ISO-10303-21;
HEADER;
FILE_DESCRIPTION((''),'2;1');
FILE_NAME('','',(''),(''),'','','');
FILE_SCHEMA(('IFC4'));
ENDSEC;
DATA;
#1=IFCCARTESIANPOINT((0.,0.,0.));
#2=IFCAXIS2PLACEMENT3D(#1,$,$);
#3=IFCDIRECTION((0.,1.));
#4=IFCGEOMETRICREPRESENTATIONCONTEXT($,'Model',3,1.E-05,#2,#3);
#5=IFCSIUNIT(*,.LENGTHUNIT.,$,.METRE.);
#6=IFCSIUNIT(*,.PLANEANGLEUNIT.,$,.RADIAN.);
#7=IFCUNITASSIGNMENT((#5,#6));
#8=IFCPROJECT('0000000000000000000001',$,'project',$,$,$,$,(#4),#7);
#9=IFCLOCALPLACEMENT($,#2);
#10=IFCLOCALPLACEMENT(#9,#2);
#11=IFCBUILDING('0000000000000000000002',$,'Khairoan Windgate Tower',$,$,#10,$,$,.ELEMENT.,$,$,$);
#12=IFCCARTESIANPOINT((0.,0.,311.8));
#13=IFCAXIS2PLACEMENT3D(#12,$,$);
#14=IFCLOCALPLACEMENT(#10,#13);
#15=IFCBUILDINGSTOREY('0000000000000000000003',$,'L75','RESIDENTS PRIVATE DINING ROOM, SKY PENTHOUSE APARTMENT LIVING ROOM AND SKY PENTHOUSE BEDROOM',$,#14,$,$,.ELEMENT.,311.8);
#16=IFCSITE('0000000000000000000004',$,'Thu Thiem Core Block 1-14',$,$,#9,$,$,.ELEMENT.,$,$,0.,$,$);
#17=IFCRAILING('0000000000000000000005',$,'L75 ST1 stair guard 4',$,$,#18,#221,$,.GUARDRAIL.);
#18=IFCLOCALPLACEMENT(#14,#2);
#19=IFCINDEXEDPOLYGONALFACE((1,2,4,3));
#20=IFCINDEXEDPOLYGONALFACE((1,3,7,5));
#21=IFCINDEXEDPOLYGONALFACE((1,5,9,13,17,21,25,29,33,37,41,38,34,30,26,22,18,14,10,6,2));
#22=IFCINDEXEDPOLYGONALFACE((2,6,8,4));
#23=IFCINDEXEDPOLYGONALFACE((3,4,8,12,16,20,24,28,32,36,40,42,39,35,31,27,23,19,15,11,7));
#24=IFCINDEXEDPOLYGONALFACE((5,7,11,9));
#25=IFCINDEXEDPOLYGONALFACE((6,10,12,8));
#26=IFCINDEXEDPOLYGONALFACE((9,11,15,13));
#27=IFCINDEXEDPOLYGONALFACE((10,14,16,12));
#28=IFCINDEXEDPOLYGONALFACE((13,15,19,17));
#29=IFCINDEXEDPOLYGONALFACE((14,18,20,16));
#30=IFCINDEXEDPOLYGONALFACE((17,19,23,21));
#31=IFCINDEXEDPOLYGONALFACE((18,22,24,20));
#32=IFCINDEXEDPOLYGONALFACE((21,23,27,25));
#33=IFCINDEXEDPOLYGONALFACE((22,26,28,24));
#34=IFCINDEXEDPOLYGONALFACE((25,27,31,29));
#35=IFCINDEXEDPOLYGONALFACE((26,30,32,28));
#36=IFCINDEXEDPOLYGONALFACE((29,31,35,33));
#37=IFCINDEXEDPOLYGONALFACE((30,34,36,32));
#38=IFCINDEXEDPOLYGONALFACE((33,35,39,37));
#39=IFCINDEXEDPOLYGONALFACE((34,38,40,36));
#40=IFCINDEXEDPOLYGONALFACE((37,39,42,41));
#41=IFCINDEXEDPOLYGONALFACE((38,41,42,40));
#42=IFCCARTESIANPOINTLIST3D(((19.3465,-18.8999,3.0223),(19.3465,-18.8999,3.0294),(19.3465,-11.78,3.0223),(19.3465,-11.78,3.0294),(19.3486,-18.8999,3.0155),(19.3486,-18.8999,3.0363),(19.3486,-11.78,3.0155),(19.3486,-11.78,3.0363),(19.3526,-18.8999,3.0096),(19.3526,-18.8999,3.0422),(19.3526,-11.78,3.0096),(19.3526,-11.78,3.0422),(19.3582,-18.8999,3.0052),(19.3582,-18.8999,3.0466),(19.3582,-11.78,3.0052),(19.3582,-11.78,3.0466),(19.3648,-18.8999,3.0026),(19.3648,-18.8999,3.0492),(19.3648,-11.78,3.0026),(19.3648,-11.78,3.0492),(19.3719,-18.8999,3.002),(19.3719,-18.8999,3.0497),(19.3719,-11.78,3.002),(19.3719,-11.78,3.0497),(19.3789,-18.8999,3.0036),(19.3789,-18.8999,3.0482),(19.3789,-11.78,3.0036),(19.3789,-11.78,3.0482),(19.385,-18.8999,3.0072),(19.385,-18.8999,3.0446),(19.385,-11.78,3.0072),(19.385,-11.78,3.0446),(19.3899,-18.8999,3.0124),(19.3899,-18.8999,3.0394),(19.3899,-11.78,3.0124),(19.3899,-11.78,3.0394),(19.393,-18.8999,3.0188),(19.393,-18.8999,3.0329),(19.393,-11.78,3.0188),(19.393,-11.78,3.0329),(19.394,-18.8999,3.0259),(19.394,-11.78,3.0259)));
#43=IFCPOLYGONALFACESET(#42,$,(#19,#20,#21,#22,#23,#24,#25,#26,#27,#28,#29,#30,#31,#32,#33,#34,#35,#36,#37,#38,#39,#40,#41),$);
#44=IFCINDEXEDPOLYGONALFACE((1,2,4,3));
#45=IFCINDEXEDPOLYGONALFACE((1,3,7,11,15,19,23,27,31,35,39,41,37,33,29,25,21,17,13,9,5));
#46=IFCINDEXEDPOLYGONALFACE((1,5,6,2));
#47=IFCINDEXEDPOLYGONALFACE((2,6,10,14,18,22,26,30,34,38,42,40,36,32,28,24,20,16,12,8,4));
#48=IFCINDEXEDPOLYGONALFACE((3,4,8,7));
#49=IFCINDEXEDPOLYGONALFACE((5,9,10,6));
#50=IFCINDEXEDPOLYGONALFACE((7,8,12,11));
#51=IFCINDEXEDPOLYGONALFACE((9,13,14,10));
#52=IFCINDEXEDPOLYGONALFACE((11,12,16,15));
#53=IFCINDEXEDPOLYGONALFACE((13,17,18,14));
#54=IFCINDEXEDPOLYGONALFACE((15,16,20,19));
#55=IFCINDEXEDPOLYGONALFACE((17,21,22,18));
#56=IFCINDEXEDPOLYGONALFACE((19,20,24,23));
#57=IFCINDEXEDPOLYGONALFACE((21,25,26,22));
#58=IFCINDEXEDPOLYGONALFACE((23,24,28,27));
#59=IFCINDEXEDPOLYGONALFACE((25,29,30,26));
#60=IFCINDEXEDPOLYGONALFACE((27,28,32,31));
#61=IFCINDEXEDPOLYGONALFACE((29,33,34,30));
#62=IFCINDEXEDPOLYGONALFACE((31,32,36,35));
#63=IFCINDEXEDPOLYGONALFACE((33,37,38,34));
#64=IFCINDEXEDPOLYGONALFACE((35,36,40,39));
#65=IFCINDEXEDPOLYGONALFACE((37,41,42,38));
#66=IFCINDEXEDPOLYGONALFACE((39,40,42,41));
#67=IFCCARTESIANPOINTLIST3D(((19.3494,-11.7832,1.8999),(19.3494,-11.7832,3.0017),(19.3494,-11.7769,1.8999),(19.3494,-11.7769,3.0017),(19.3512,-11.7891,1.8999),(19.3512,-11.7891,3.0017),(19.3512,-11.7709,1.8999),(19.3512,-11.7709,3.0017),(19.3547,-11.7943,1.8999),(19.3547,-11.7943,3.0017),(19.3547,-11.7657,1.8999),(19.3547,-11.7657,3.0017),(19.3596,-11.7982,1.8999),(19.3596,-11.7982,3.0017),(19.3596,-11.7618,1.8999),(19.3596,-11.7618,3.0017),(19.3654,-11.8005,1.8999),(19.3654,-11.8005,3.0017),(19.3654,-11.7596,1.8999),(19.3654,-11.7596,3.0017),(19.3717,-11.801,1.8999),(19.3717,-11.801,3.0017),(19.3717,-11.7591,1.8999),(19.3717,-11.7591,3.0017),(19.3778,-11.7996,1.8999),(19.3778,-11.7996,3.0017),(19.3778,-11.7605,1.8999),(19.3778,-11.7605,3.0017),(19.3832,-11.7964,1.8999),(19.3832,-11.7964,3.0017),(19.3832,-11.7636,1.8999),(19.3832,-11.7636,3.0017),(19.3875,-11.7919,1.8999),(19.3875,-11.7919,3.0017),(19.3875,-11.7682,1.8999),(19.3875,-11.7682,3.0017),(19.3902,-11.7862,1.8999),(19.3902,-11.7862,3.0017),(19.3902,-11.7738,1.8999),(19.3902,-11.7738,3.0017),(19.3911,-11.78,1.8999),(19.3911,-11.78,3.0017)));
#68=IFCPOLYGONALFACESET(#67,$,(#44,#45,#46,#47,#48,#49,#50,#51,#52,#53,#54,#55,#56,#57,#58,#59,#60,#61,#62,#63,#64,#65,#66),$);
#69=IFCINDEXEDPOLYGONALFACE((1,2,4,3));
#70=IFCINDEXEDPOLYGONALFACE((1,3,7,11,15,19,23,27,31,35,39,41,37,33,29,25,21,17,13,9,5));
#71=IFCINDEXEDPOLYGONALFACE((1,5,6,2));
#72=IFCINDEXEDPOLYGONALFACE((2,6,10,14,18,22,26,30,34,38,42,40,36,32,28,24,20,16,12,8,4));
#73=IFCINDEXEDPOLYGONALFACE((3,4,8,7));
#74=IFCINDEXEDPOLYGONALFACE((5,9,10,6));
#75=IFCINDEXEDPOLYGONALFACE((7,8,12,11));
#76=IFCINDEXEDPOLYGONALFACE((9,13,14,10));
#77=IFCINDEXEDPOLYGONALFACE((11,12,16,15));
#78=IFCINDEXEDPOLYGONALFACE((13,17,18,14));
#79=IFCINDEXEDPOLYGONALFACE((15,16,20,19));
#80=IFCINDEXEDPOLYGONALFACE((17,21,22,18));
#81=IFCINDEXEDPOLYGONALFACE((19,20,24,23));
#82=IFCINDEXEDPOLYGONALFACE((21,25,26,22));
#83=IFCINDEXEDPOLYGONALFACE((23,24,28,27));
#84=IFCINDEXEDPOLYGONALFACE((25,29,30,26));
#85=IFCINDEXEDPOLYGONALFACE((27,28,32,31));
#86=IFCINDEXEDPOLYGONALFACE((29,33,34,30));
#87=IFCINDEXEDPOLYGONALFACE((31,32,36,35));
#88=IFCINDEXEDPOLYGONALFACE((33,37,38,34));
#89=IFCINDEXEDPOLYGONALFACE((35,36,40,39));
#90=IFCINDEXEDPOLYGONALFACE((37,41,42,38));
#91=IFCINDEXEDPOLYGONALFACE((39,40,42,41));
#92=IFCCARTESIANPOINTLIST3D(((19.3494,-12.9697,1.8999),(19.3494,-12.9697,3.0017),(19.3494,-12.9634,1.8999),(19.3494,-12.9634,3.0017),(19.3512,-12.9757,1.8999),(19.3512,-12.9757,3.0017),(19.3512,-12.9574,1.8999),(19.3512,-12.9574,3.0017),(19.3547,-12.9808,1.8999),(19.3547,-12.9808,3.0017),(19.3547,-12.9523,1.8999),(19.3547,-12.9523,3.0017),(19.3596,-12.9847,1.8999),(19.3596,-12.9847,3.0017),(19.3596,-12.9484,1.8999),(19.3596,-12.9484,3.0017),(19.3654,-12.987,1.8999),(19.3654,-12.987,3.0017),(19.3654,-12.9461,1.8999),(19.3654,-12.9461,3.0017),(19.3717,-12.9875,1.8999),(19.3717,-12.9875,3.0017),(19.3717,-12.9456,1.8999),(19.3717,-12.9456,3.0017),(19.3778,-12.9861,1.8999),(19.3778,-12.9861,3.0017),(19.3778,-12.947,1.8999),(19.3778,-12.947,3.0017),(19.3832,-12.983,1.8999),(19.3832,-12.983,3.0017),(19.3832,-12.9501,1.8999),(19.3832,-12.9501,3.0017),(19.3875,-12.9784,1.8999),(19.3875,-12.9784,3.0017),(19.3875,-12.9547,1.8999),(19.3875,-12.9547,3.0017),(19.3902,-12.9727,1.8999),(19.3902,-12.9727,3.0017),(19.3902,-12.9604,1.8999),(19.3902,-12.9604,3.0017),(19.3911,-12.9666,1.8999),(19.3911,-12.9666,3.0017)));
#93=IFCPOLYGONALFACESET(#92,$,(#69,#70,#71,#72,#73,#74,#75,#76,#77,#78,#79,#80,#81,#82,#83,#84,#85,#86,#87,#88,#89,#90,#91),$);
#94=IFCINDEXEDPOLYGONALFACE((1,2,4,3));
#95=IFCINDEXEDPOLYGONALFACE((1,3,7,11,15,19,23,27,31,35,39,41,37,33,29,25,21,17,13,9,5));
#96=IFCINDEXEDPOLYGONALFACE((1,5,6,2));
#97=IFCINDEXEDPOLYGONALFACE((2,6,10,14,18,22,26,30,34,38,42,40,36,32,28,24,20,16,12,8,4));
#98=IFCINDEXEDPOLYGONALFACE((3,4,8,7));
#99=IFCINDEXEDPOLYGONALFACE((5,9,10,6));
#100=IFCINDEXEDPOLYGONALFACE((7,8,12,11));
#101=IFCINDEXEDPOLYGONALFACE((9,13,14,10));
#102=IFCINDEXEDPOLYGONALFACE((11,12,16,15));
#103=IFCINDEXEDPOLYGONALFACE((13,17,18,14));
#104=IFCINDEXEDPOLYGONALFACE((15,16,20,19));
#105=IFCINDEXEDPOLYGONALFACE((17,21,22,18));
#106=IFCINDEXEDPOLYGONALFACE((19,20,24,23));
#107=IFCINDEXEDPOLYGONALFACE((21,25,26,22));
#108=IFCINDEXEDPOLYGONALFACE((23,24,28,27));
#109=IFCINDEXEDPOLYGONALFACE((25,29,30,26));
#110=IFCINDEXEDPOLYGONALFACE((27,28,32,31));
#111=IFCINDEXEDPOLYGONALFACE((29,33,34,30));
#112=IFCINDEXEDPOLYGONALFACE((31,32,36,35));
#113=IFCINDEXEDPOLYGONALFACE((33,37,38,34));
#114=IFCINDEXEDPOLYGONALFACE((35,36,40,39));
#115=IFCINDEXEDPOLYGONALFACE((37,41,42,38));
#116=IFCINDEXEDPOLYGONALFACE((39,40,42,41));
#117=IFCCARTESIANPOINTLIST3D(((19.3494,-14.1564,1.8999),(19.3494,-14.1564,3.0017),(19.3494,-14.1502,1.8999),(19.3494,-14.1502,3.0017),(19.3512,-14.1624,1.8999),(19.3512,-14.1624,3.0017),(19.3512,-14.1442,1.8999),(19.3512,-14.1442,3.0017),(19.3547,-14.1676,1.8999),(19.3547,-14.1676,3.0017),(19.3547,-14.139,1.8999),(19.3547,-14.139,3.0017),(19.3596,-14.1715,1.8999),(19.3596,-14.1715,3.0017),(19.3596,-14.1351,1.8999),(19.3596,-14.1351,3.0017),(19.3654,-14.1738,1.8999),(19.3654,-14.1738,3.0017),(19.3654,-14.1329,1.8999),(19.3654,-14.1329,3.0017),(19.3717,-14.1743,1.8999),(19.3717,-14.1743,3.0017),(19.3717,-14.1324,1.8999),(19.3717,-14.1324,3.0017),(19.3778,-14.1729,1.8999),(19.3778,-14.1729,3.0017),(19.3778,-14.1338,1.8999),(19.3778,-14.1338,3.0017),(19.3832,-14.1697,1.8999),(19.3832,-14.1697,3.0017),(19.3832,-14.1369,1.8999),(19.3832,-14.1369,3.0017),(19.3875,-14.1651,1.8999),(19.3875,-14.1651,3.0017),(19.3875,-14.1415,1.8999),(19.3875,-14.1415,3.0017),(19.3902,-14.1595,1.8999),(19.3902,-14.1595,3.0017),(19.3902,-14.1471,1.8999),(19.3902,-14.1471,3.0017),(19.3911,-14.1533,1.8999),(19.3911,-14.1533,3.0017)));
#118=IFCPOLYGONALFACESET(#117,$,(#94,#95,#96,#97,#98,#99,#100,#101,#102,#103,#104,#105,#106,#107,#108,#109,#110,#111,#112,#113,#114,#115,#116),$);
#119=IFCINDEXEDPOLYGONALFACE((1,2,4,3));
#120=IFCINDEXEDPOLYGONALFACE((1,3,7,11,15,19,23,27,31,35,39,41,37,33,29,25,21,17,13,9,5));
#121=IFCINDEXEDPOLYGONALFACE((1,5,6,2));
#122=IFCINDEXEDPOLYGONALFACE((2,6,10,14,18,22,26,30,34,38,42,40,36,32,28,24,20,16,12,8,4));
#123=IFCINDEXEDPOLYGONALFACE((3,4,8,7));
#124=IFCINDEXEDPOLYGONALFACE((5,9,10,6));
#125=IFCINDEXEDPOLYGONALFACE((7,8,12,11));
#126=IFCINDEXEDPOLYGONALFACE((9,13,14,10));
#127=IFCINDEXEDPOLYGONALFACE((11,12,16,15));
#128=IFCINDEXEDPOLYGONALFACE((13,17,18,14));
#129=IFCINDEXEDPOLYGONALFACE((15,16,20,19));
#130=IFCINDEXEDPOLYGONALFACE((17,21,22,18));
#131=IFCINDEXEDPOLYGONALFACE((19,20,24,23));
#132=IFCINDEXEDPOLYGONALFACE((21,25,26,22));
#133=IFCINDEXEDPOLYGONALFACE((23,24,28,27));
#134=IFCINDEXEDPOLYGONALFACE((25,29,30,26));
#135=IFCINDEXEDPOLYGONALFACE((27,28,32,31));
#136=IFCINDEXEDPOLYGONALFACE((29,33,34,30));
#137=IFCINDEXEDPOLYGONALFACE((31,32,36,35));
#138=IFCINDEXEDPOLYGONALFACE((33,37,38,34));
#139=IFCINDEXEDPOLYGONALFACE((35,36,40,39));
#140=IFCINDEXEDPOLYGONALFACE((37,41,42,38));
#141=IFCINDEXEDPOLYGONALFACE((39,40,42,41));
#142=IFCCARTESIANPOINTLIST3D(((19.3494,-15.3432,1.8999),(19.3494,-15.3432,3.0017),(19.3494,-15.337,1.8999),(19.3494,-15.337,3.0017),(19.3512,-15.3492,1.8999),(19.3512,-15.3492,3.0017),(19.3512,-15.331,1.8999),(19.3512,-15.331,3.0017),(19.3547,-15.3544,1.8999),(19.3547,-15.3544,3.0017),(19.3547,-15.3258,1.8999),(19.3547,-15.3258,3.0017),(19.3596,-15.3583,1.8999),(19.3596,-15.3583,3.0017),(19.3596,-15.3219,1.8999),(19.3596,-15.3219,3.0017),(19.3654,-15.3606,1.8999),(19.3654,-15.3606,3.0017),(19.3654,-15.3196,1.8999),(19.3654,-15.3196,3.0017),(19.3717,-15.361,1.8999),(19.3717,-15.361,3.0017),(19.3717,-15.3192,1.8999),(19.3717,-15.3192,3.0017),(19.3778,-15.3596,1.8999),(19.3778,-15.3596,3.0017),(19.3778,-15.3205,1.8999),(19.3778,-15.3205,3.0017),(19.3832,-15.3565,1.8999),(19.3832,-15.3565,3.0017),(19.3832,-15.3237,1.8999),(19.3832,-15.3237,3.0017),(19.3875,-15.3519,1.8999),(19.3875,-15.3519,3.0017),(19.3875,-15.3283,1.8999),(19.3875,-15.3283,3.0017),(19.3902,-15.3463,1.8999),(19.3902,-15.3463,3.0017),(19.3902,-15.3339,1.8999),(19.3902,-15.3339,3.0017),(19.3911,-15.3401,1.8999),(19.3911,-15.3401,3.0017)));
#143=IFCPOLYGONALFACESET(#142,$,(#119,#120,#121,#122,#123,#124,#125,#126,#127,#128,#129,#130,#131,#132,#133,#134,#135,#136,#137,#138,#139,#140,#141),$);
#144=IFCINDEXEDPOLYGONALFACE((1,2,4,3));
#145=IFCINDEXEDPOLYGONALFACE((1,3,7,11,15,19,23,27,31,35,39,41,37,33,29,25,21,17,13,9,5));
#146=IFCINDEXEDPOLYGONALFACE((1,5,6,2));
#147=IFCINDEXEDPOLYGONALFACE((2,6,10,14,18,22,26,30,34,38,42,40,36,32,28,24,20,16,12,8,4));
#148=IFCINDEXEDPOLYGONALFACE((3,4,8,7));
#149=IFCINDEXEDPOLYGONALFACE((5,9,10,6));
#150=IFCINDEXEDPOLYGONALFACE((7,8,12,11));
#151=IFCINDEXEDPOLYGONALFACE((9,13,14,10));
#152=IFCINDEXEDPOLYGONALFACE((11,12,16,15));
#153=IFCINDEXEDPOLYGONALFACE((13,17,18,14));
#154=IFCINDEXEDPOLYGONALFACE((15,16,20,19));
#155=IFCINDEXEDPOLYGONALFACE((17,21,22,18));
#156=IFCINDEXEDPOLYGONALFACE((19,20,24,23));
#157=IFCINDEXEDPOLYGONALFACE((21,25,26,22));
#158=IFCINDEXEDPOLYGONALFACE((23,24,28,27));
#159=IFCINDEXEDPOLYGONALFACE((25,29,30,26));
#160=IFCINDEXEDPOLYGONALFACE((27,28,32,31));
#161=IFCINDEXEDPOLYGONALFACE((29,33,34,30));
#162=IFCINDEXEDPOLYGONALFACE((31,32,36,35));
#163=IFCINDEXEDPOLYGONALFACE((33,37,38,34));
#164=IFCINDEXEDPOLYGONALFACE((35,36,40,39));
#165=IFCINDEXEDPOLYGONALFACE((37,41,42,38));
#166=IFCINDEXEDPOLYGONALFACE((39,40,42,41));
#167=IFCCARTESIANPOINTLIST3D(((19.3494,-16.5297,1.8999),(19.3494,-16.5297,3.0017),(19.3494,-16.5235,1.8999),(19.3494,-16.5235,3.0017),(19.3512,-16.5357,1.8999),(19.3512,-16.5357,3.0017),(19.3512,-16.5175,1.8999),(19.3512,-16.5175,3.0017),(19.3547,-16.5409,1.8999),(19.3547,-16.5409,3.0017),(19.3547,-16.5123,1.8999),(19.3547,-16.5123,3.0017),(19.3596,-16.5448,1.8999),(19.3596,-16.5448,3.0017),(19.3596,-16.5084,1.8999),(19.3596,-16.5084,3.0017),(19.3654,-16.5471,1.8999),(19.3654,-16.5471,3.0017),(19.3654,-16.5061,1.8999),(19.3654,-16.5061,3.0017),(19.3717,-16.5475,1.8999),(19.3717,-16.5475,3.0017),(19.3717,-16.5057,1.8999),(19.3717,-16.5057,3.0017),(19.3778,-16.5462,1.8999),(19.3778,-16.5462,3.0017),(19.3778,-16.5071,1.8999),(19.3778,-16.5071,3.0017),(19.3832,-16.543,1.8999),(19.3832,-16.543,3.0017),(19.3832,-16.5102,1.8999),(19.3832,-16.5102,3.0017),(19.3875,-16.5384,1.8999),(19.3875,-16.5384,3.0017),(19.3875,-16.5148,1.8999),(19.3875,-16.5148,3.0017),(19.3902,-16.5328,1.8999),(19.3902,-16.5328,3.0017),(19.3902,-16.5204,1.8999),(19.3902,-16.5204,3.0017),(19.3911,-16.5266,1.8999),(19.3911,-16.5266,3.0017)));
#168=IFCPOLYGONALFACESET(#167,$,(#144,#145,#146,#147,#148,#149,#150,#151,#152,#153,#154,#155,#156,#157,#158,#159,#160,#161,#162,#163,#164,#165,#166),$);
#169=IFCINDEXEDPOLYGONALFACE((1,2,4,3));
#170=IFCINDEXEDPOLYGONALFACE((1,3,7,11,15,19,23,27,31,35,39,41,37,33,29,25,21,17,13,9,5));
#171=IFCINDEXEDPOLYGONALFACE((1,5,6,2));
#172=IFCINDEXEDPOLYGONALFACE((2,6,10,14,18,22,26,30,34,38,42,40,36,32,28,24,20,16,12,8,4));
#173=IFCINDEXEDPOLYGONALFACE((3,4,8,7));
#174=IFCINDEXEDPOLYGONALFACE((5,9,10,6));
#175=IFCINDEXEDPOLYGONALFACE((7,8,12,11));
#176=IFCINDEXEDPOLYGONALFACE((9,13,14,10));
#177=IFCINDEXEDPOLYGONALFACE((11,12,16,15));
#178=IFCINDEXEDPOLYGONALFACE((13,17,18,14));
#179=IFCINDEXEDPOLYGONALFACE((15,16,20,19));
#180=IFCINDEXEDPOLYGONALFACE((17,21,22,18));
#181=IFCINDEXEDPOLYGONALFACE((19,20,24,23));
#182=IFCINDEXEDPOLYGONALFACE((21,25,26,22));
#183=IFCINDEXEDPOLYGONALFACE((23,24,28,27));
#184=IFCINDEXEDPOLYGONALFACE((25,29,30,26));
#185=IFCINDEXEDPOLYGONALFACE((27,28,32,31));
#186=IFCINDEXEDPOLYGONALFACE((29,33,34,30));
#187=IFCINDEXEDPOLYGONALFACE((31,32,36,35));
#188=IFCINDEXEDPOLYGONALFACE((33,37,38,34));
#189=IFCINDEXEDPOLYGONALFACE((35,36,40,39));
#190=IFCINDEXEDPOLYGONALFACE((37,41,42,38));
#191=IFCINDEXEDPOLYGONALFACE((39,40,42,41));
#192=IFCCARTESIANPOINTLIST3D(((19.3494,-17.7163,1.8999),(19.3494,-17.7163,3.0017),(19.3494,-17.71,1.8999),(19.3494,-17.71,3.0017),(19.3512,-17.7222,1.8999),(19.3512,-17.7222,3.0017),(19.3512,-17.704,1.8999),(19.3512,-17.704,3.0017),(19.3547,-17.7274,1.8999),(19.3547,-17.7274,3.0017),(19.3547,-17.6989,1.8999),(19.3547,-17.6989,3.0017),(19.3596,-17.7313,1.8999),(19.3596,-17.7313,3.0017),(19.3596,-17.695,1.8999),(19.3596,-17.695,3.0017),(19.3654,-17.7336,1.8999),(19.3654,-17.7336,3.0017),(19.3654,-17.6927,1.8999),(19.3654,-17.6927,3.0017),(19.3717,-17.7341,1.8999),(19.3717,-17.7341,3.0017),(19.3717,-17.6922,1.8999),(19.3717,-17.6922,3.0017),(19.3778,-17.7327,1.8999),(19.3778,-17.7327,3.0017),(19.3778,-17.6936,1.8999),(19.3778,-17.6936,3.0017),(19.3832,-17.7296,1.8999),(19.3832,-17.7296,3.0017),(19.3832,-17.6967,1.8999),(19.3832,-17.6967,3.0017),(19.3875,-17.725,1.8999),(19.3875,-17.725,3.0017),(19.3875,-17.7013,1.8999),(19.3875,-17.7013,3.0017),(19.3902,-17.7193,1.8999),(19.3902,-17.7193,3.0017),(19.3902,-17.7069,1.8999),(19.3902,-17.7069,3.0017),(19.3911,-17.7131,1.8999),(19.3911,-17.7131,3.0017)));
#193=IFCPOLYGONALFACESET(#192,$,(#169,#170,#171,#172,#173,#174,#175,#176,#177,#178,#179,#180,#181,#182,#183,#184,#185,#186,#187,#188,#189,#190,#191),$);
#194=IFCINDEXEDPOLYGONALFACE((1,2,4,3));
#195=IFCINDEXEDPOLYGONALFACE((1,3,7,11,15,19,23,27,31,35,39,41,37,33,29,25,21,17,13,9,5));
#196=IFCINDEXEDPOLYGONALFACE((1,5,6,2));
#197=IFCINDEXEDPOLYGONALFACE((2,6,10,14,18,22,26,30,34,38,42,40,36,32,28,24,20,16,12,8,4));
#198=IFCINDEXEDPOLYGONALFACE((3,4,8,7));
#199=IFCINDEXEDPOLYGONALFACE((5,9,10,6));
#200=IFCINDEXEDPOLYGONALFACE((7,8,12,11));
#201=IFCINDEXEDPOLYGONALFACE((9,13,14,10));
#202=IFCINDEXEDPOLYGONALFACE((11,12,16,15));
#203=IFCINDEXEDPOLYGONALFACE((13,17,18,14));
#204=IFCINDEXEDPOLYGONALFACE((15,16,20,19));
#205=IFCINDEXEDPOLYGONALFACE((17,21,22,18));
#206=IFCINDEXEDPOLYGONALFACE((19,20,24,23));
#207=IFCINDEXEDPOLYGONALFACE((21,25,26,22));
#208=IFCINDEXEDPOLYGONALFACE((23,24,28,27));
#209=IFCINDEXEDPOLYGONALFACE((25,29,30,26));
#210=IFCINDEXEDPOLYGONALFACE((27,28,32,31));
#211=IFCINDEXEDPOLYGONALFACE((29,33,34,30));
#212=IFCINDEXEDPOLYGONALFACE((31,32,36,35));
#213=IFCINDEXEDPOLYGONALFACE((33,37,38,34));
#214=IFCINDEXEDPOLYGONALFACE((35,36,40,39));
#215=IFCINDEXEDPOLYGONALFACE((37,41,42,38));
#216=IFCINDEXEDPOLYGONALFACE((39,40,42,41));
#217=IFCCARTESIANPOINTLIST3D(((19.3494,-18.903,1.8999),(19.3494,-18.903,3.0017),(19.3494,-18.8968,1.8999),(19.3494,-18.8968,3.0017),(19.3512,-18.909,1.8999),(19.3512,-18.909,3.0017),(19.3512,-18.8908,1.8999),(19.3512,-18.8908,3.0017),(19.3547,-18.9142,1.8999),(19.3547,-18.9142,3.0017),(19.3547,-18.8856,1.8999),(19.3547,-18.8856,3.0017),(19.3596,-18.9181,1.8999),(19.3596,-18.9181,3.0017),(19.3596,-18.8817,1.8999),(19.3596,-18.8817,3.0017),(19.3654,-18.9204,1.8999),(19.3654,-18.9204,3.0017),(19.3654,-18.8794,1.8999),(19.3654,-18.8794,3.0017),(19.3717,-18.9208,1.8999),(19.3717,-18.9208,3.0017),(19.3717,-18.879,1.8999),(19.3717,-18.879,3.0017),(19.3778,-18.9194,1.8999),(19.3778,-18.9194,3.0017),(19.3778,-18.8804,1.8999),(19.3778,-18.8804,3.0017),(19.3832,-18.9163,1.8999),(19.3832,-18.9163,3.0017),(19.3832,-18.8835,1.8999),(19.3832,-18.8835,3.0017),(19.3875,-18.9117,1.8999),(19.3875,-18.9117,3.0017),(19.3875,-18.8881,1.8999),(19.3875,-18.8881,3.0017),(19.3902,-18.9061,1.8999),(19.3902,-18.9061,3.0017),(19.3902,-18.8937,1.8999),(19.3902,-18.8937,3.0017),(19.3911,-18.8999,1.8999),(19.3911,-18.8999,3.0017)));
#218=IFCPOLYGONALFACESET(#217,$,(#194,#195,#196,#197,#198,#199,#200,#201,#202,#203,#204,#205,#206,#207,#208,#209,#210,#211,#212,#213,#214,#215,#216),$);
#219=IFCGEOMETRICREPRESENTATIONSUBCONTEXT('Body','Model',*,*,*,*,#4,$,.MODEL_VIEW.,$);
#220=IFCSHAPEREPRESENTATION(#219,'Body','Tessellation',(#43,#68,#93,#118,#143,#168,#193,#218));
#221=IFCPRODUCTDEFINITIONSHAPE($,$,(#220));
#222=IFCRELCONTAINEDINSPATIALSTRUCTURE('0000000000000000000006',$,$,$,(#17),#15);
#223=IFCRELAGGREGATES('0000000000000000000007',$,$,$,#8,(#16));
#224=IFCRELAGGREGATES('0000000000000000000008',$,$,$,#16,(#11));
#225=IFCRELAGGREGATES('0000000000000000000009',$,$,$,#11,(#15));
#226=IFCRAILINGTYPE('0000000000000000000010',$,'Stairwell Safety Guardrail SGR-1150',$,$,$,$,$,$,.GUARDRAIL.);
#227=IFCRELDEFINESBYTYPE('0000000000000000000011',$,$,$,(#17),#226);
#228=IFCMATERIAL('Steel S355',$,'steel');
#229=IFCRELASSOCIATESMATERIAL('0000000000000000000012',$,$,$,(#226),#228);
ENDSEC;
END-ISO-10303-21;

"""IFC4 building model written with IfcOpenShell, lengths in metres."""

from ifc_helpers import new_model, si_unit, direction, frame, origin, origin_2d, place, context, subcontext, project, spatial, circle, extrude, material, type_object, element, save


model = new_model("IFC4")

# Units and contexts
model_context = context("Model", 3, precision=1e-05, world=origin(), true_north=direction((0.0, 1.0)))
body_context = subcontext(model_context, "Body", "Model", "MODEL_VIEW")
ifc_project = project(units=[si_unit("LENGTHUNIT", "METRE"), si_unit("PLANEANGLEUNIT", "RADIAN")], contexts=[model_context])

# Site, building, storey
site_placement = place(None, origin())
site = spatial("IfcSite", under=ifc_project, at=site_placement, Name="Thu Thiem Core Block 1-14", CompositionType="ELEMENT", RefElevation=0.0)
building_placement = place(site_placement, origin())
building = spatial("IfcBuilding", under=site, at=building_placement, Name="Khairoan Windgate Tower", CompositionType="ELEMENT")
storey_placement = place(building_placement, frame((0.0, 0.0, 311.8)))
storey = spatial("IfcBuildingStorey", under=building, at=storey_placement, Name="L75", Description="RESIDENTS PRIVATE DINING ROOM, SKY PENTHOUSE APARTMENT LIVING ROOM AND SKY PENTHOUSE BEDROOM", CompositionType="ELEMENT", Elevation=311.8)

# Railing
ifc_material_1 = material(Name="Steel S355", Category="steel")
railing_type_1 = type_object("IfcRailingType", Name="Stairwell Safety Guardrail SGR-1150", PredefinedType="GUARDRAIL", material=ifc_material_1)
railing_1_placement = place(storey_placement, frame((19.3701, -11.78, 1.8999)))
element("IfcRailing", 1, at=railing_1_placement, inside=storey, type_object=railing_type_1, Name="L75 ST1 stair guard 4", PredefinedType="GUARDRAIL", context=body_context, shape_type="SweptSolid", body=[
    extrude(circle(Radius=0.0239, at=origin_2d()), frame((0.0, 0.0, 1.126), z_axis=(0.0, -1.0, 0.0), x_axis=(1.0, 0.0, 0.0)), (0.0, 0.0, 1.0), 7.1199),
    extrude(circle(Radius=0.021, at=origin_2d()), origin(), (0.0, 0.0, 1.0), 1.1018),
    extrude(circle(Radius=0.021, at=origin_2d()), frame((0.0, -1.1865, 0.0)), (0.0, 0.0, 1.0), 1.1018),
    extrude(circle(Radius=0.021, at=origin_2d()), frame((0.0, -2.3733, 0.0)), (0.0, 0.0, 1.0), 1.1018),
    extrude(circle(Radius=0.021, at=origin_2d()), frame((0.0, -3.5601, 0.0)), (0.0, 0.0, 1.0), 1.1018),
    extrude(circle(Radius=0.021, at=origin_2d()), frame((0.0, -4.7466, 0.0)), (0.0, 0.0, 1.0), 1.1018),
    extrude(circle(Radius=0.021, at=origin_2d()), frame((0.0, -5.9331, 0.0)), (0.0, 0.0, 1.0), 1.1018),
    extrude(circle(Radius=0.021, at=origin_2d()), frame((0.0, -7.1199, 0.0)), (0.0, 0.0, 1.0), 1.1018),
])

save(model, "model.ifc")
